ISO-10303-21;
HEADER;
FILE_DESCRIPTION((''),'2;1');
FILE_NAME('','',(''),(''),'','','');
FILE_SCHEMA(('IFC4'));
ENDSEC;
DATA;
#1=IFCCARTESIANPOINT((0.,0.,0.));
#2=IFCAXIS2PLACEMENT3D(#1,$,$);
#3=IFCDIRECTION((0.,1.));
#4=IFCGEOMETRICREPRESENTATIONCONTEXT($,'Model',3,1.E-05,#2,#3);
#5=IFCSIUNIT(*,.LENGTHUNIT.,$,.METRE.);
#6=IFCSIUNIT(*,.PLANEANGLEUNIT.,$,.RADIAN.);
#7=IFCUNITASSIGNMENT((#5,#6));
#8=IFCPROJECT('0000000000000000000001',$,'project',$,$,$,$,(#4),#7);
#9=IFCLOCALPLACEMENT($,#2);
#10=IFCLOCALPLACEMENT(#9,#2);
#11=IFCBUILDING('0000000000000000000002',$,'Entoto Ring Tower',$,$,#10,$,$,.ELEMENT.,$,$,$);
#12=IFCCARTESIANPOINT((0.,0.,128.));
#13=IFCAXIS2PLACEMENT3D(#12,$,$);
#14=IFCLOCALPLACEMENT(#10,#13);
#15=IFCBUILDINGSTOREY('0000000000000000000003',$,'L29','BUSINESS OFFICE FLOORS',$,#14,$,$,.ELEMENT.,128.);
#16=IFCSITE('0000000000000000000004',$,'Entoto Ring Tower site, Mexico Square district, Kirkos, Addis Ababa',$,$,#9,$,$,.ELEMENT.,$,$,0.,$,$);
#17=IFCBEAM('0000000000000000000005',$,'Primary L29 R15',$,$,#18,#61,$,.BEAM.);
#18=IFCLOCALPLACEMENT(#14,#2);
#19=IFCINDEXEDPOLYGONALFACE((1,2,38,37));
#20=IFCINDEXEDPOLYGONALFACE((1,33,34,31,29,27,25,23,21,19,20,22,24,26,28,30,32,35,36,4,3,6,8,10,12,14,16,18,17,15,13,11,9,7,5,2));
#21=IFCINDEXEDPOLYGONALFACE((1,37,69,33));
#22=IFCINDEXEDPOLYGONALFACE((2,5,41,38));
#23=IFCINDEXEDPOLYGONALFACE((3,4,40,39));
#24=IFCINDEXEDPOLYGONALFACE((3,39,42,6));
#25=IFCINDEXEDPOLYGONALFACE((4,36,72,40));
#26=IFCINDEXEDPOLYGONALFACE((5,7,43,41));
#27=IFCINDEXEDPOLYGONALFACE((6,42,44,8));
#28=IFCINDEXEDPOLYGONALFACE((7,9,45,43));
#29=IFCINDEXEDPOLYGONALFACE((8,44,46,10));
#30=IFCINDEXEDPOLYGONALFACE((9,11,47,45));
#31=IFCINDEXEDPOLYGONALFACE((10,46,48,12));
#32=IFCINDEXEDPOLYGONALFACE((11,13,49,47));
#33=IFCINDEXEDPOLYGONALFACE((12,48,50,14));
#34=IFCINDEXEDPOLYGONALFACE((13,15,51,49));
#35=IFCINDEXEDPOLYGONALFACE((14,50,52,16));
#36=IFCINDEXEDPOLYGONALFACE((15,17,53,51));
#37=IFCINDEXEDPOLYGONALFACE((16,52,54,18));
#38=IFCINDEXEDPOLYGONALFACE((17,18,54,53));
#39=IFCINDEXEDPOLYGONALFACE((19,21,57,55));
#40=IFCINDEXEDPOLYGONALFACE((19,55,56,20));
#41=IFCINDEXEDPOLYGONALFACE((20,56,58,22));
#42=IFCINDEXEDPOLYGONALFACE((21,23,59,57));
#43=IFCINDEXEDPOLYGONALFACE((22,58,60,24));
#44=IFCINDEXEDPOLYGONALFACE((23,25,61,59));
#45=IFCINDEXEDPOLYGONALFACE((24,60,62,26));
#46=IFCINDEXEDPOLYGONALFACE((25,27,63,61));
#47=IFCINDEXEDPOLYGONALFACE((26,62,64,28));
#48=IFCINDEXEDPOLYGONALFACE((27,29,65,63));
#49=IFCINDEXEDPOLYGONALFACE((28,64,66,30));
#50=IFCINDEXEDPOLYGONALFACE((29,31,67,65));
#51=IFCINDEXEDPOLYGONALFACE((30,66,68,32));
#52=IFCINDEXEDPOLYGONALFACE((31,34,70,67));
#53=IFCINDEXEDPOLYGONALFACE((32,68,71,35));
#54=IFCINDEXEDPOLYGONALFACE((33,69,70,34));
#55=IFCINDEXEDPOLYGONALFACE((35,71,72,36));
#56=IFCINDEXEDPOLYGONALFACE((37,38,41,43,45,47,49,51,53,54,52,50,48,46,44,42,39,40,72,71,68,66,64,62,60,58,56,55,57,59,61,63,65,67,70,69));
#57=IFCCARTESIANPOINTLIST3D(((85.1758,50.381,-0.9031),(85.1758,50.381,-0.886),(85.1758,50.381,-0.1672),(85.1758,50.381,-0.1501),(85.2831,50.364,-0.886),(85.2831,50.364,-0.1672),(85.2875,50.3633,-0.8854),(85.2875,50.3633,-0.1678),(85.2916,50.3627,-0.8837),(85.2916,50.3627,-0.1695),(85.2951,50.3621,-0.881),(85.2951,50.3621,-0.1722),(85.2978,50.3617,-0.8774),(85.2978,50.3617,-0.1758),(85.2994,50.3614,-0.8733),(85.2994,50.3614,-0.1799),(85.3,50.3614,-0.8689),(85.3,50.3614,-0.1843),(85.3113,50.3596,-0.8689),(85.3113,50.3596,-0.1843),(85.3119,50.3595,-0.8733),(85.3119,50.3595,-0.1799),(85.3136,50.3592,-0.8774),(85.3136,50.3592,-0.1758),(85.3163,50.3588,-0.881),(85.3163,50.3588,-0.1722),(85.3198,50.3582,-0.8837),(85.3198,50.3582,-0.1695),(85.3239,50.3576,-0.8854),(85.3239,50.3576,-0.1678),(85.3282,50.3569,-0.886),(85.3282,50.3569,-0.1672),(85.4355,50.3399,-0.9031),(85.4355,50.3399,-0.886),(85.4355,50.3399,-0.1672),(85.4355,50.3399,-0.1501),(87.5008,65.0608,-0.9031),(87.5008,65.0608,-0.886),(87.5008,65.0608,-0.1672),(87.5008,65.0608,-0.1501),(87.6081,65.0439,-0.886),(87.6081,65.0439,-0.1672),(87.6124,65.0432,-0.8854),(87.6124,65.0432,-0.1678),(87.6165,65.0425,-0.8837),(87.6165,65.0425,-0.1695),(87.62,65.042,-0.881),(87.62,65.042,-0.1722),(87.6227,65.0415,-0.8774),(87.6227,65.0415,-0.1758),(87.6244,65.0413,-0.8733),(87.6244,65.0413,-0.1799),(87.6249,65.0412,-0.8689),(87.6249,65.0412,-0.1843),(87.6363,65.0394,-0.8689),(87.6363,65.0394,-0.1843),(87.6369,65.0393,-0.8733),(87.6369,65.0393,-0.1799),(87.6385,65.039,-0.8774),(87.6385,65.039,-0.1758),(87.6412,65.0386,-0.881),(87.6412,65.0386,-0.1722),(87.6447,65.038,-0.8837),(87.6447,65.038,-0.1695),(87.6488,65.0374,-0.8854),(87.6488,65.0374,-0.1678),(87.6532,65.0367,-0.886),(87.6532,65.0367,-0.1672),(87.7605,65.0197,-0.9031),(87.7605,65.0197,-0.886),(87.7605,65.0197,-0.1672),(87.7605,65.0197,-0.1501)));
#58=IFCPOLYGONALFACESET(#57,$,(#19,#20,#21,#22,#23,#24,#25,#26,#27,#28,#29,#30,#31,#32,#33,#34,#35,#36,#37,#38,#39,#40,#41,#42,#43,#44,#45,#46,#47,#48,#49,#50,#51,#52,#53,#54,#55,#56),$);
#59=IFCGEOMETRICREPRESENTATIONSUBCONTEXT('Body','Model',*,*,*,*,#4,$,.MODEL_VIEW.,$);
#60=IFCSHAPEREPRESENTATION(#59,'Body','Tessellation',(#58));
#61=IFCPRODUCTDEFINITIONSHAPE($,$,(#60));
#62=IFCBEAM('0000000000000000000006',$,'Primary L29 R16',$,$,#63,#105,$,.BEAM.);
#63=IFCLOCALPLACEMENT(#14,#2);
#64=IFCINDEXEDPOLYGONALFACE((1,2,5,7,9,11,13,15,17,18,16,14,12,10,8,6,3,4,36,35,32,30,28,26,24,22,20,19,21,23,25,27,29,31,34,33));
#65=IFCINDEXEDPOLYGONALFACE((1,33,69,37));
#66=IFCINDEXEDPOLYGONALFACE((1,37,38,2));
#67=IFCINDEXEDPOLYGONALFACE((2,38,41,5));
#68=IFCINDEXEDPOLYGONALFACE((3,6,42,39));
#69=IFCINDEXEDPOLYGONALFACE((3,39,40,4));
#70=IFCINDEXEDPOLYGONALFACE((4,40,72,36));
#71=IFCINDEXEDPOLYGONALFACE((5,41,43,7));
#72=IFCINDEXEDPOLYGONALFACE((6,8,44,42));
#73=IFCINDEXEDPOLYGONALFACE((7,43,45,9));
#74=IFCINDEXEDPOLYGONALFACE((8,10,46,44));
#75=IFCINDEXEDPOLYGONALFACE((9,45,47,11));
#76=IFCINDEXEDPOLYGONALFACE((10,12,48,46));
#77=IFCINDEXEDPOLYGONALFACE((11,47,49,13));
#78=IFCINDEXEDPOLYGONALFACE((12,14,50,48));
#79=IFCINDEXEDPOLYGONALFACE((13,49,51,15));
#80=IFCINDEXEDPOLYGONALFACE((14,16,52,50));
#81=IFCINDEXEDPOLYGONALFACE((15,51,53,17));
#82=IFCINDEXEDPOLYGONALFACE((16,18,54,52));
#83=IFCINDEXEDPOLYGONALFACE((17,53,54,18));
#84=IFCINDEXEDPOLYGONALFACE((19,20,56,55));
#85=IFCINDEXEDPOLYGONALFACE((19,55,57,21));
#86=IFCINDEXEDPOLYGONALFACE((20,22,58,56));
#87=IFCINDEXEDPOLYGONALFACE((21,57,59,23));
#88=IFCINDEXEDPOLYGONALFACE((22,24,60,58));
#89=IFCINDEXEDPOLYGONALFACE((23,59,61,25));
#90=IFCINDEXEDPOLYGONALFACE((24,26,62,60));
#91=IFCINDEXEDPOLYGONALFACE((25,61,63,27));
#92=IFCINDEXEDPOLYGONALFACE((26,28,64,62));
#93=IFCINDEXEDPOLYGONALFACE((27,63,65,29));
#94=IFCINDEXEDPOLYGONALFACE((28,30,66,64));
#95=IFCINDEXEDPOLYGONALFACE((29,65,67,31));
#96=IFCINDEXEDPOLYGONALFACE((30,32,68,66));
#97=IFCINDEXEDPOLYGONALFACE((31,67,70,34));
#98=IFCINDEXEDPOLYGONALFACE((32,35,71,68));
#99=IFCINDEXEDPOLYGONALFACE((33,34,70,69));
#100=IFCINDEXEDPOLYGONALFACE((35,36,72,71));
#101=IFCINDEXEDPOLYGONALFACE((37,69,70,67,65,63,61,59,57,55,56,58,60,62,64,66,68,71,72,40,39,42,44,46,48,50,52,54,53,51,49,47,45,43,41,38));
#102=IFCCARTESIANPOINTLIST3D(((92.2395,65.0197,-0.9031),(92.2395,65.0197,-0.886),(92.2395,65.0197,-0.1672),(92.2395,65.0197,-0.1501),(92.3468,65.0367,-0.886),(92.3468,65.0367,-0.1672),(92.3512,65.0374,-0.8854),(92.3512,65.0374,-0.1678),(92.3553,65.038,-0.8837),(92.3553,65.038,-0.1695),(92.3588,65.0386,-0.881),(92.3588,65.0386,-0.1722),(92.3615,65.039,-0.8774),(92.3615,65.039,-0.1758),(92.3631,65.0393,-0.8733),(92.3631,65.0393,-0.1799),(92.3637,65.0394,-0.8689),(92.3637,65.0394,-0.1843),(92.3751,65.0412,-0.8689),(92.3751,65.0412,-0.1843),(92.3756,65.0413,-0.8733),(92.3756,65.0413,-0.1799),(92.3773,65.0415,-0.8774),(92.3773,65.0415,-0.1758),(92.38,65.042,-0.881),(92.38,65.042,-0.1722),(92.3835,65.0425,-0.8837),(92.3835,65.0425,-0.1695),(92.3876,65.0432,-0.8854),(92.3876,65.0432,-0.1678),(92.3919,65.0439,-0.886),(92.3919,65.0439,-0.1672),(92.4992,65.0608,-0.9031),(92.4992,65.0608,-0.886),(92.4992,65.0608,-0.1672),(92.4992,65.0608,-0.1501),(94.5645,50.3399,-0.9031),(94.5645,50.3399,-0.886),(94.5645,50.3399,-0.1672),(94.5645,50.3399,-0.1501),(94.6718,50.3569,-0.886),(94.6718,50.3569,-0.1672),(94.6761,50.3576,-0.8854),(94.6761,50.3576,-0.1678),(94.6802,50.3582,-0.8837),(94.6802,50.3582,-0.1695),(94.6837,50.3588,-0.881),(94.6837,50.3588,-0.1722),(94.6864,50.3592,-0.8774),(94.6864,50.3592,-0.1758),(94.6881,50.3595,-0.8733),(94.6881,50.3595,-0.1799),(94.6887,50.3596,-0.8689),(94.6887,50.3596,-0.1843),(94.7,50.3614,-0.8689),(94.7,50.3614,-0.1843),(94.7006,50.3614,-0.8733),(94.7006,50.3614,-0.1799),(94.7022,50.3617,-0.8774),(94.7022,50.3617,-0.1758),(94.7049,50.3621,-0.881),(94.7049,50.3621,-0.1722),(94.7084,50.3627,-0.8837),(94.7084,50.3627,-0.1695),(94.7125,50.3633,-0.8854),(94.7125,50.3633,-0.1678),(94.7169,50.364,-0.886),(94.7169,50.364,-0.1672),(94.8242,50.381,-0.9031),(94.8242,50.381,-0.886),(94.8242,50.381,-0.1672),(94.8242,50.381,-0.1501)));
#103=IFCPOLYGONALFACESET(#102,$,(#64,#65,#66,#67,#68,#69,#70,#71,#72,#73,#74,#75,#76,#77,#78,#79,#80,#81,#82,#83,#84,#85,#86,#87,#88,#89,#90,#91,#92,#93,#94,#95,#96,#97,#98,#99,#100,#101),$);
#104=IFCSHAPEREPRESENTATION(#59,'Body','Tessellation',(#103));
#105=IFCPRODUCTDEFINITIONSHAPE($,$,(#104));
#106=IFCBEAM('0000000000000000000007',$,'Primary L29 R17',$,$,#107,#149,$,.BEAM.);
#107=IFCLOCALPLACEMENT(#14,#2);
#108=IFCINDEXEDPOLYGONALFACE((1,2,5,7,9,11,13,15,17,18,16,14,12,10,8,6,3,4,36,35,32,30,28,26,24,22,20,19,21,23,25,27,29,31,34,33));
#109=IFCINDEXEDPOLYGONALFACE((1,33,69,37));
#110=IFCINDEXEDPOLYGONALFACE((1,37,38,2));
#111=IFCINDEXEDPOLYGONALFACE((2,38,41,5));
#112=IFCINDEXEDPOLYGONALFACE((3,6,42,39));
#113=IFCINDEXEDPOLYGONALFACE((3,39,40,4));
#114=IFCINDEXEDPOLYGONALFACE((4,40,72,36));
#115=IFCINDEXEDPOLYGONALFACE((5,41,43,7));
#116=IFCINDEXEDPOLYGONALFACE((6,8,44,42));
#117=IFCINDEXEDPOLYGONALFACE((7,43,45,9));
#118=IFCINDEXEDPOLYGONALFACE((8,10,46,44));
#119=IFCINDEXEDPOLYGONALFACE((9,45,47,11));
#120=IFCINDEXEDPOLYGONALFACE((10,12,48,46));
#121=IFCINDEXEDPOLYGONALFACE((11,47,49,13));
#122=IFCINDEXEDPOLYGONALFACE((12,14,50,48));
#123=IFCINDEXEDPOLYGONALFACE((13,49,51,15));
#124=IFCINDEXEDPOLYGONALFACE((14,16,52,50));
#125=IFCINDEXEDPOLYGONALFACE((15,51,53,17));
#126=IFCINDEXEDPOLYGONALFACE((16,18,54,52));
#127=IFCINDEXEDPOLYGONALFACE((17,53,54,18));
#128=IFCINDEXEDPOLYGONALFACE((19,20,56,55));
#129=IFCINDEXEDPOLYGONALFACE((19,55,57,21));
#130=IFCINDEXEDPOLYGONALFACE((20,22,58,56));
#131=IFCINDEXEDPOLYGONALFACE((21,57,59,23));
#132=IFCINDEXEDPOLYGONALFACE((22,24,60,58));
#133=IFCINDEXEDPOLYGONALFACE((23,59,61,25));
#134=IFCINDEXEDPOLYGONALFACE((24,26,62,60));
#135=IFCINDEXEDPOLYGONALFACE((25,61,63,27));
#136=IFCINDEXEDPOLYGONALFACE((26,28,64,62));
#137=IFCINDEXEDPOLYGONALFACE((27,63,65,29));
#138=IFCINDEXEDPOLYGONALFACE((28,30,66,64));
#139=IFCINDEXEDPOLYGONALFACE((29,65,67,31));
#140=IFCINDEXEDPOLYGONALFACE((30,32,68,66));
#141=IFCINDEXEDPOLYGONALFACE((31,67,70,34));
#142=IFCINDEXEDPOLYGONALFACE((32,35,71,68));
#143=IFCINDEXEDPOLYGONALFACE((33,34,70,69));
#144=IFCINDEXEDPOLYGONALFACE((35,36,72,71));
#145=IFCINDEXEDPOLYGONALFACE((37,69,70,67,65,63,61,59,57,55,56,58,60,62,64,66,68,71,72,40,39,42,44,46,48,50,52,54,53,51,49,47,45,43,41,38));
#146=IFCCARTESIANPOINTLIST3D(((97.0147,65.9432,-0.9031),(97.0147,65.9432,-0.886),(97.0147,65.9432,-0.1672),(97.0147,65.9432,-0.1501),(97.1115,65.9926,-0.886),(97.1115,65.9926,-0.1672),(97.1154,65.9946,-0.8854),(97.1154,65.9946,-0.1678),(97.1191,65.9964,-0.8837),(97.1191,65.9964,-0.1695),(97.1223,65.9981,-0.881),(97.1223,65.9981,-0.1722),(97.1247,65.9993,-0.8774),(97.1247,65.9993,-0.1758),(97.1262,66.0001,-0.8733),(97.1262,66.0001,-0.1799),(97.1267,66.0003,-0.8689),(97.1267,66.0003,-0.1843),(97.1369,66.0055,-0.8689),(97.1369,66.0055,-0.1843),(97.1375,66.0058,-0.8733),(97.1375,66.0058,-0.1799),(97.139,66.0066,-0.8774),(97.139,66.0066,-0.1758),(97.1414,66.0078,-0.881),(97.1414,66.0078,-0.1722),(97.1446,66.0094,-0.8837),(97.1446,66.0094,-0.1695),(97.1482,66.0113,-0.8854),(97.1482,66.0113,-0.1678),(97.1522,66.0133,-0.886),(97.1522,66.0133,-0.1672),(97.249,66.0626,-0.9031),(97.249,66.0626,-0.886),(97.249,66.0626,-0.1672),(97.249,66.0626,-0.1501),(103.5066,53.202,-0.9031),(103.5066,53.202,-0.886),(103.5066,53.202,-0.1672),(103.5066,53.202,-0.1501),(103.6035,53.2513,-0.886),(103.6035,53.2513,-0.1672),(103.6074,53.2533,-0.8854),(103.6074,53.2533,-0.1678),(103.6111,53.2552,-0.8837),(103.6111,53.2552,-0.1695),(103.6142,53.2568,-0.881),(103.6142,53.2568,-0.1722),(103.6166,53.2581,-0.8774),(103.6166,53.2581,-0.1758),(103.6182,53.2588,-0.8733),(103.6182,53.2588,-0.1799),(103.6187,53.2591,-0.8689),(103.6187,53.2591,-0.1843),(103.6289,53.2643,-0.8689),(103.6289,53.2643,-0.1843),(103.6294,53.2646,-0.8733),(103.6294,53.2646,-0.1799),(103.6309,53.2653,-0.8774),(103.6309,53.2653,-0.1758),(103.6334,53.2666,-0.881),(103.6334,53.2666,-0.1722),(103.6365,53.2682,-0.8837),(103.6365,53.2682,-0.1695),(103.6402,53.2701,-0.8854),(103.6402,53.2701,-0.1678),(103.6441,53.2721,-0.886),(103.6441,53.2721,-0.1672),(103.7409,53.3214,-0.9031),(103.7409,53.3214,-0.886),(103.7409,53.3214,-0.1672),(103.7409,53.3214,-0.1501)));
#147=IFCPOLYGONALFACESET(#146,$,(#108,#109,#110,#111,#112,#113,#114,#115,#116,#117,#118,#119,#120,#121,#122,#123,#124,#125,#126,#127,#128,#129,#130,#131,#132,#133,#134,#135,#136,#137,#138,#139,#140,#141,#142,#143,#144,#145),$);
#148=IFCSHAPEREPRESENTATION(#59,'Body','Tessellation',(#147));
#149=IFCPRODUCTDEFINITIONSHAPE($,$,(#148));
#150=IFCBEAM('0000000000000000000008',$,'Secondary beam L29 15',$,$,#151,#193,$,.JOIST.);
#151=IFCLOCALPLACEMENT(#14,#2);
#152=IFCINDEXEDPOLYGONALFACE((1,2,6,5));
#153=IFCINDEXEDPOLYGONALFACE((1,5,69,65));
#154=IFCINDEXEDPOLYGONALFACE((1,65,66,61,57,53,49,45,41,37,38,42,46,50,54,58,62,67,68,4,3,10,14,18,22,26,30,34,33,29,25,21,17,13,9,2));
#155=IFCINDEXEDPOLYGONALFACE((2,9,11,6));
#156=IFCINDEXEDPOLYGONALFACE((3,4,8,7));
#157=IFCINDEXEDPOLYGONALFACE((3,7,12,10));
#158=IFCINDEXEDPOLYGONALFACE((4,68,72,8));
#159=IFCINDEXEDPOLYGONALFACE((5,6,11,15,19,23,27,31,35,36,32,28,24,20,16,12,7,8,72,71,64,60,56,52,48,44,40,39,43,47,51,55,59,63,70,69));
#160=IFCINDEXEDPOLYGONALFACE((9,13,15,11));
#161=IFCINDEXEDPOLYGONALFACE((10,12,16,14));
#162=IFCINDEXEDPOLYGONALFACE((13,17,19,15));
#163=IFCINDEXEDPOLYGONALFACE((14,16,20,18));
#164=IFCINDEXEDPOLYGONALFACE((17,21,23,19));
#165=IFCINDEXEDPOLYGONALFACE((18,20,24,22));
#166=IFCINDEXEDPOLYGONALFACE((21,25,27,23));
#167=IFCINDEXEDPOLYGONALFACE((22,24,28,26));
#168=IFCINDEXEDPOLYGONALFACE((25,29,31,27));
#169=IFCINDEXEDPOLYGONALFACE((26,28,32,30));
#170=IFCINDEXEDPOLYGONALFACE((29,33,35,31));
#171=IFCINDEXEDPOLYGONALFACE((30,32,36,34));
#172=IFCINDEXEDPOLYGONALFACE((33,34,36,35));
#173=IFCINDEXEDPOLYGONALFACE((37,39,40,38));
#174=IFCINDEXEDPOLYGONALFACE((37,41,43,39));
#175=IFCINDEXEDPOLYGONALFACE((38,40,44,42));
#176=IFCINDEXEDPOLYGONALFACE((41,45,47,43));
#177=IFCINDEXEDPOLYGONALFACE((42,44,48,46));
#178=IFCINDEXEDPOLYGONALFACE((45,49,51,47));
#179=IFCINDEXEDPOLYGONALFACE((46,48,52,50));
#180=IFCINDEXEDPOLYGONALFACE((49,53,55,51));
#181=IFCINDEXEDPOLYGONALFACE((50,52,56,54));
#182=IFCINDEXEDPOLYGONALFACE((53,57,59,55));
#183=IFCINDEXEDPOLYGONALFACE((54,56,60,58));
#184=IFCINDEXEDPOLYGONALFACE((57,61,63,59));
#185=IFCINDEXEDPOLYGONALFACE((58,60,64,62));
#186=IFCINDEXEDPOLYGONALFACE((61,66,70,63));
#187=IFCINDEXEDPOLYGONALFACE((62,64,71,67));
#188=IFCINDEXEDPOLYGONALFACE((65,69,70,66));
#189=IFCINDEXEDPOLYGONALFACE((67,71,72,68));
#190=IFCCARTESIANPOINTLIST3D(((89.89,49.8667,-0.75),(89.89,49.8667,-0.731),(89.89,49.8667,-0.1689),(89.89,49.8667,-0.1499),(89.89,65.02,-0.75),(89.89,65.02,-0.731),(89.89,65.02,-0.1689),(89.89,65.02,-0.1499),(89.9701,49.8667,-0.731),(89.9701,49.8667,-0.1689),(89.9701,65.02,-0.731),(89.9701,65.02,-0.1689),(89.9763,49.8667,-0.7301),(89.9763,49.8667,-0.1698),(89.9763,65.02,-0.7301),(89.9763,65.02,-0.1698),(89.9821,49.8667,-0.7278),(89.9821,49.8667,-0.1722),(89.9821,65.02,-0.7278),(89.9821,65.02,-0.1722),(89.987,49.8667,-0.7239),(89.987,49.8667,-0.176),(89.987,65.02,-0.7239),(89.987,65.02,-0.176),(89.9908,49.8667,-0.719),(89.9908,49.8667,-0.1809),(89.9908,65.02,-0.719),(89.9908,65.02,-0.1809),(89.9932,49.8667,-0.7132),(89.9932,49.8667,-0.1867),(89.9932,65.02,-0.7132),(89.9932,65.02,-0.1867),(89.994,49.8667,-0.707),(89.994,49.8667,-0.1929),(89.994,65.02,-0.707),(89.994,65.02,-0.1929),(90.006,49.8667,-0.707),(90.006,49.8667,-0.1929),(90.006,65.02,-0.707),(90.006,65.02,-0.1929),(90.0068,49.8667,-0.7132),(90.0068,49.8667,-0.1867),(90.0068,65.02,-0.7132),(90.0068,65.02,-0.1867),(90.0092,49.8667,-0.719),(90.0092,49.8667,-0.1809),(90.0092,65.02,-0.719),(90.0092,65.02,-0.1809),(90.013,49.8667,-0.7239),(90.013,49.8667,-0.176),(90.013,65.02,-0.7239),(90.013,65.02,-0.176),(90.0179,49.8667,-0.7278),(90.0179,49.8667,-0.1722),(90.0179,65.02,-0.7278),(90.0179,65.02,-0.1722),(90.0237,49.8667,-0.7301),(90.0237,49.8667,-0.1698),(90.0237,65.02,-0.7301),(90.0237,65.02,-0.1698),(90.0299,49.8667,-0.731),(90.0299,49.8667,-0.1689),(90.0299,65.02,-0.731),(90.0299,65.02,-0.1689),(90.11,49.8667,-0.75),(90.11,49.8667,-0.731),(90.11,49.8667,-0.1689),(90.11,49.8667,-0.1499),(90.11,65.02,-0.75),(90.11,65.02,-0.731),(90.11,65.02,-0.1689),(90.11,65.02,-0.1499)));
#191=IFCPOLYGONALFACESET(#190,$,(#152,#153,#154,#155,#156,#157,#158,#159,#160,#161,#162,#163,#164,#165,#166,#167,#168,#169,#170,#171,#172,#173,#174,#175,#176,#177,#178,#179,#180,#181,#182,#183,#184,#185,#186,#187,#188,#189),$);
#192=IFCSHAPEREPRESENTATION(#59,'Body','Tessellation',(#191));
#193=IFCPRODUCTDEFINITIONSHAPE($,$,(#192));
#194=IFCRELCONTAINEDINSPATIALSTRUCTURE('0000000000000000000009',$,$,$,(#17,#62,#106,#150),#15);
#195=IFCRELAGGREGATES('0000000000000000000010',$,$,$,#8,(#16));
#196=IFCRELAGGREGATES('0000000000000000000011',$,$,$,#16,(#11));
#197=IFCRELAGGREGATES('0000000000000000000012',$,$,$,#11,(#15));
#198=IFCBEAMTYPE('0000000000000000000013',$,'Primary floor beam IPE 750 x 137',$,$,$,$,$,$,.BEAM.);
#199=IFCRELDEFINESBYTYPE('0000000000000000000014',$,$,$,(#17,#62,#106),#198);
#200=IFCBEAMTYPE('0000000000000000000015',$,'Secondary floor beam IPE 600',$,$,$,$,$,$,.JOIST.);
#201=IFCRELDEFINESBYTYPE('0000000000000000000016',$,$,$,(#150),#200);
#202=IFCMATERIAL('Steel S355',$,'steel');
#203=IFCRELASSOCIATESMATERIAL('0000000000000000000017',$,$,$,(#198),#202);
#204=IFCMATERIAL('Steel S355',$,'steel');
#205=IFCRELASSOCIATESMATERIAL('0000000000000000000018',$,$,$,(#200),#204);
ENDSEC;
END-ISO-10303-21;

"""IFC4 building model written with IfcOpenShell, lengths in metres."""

from ifc_helpers import new_model, si_unit, direction, frame, origin, origin_2d, place, context, subcontext, project, spatial, i_section, extrude, material, material_profile, profile_set, type_object, element, save


model = new_model("IFC4")

# Units and contexts
model_context = context("Model", 3, precision=1e-05, world=origin(), true_north=direction((0.0, 1.0)))
body_context = subcontext(model_context, "Body", "Model", "MODEL_VIEW")
ifc_project = project(units=[si_unit("LENGTHUNIT", "METRE"), si_unit("PLANEANGLEUNIT", "RADIAN")], contexts=[model_context])

# Site, building, storey
site_placement = place(None, origin())
site = spatial("IfcSite", under=ifc_project, at=site_placement, Name="Entoto Ring Tower site, Mexico Square district, Kirkos, Addis Ababa", CompositionType="ELEMENT", RefElevation=0.0)
building_placement = place(site_placement, origin())
building = spatial("IfcBuilding", under=site, at=building_placement, Name="Entoto Ring Tower", CompositionType="ELEMENT")
storey_placement = place(building_placement, frame((0.0, 0.0, 128.0)))
storey = spatial("IfcBuildingStorey", under=building, at=storey_placement, Name="L29", Description="BUSINESS OFFICE FLOORS", CompositionType="ELEMENT", Elevation=128.0)

# Beams
ifc_material_1 = material(Name="Steel S355", Category="steel")
ifc_material_profile_1 = material_profile(ifc_material_1, i_section(OverallWidth=0.2629, OverallDepth=0.7529, WebThickness=0.0115, FlangeThickness=0.0171, FilletRadius=0.0171, at=origin_2d()), Name="IPE 750 x 137")
ifc_profile_set_1 = profile_set([ifc_material_profile_1], Name="Steel S355")
beam_type_1 = type_object("IfcBeamType", Name="Primary floor beam IPE 750 x 137", PredefinedType="BEAM", material=ifc_profile_set_1)
for number, where, z_axis, x_axis, name in (
    (1, (87.6306, 65.0403, -0.5266), (-0.156426, -0.98769, 0.0), (0.98769, -0.156426, 0.0), "Primary L29 R15"),
    (2, (92.3694, 65.0403, -0.5266), (0.156426, -0.98769, 0.0), (0.98769, 0.156426, 0.0), "Primary L29 R16"),
):
    element("IfcBeam", number, at=place(storey_placement, frame(where, z_axis=z_axis, x_axis=x_axis)), inside=storey, type_object=beam_type_1, Name=name, PredefinedType="BEAM", context=body_context, shape_type="SweptSolid", body=[
        extrude(i_section(OverallWidth=0.2629, OverallDepth=0.7529, WebThickness=0.0115, FlangeThickness=0.0171, FilletRadius=0.0171, at=origin_2d()), origin(), (0.0, 0.0, 1.0), 14.8628),
    ])
beam_1_placement = place(storey_placement, frame((97.1318, 66.0029, -0.5266), z_axis=(0.453989, -0.891007, 0.0), x_axis=(0.891007, 0.453989, 0.0)))
element("IfcBeam", 3, at=beam_1_placement, inside=storey, type_object=beam_type_1, Name="Primary L29 R17", PredefinedType="BEAM", context=body_context, shape_type="SweptSolid", body=[
    extrude(i_section(OverallWidth=0.2629, OverallDepth=0.7529, WebThickness=0.0115, FlangeThickness=0.0171, FilletRadius=0.0171, at=origin_2d()), origin(), (0.0, 0.0, 1.0), 14.2998),
])
ifc_material_2 = material(Name="Steel S355", Category="steel")
ifc_material_profile_2 = material_profile(ifc_material_2, i_section(OverallWidth=0.22, OverallDepth=0.6001, WebThickness=0.012, FlangeThickness=0.019, FilletRadius=0.0239, at=origin_2d()), Name="IPE 600")
ifc_profile_set_2 = profile_set([ifc_material_profile_2], Name="Steel S355")
beam_type_2 = type_object("IfcBeamType", Name="Secondary floor beam IPE 600", PredefinedType="JOIST", material=ifc_profile_set_2)
beam_2_placement = place(storey_placement, frame((90.0, 65.02, -0.45), z_axis=(0.0, -1.0, 0.0), x_axis=(1.0, 0.0, 0.0)))
element("IfcBeam", 4, at=beam_2_placement, inside=storey, type_object=beam_type_2, Name="Secondary beam L29 15", PredefinedType="JOIST", context=body_context, shape_type="SweptSolid", body=[
    extrude(i_section(OverallWidth=0.22, OverallDepth=0.6001, WebThickness=0.012, FlangeThickness=0.019, FilletRadius=0.0239, at=origin_2d()), origin(), (0.0, 0.0, 1.0), 15.1533),
])

save(model, "model.ifc")
